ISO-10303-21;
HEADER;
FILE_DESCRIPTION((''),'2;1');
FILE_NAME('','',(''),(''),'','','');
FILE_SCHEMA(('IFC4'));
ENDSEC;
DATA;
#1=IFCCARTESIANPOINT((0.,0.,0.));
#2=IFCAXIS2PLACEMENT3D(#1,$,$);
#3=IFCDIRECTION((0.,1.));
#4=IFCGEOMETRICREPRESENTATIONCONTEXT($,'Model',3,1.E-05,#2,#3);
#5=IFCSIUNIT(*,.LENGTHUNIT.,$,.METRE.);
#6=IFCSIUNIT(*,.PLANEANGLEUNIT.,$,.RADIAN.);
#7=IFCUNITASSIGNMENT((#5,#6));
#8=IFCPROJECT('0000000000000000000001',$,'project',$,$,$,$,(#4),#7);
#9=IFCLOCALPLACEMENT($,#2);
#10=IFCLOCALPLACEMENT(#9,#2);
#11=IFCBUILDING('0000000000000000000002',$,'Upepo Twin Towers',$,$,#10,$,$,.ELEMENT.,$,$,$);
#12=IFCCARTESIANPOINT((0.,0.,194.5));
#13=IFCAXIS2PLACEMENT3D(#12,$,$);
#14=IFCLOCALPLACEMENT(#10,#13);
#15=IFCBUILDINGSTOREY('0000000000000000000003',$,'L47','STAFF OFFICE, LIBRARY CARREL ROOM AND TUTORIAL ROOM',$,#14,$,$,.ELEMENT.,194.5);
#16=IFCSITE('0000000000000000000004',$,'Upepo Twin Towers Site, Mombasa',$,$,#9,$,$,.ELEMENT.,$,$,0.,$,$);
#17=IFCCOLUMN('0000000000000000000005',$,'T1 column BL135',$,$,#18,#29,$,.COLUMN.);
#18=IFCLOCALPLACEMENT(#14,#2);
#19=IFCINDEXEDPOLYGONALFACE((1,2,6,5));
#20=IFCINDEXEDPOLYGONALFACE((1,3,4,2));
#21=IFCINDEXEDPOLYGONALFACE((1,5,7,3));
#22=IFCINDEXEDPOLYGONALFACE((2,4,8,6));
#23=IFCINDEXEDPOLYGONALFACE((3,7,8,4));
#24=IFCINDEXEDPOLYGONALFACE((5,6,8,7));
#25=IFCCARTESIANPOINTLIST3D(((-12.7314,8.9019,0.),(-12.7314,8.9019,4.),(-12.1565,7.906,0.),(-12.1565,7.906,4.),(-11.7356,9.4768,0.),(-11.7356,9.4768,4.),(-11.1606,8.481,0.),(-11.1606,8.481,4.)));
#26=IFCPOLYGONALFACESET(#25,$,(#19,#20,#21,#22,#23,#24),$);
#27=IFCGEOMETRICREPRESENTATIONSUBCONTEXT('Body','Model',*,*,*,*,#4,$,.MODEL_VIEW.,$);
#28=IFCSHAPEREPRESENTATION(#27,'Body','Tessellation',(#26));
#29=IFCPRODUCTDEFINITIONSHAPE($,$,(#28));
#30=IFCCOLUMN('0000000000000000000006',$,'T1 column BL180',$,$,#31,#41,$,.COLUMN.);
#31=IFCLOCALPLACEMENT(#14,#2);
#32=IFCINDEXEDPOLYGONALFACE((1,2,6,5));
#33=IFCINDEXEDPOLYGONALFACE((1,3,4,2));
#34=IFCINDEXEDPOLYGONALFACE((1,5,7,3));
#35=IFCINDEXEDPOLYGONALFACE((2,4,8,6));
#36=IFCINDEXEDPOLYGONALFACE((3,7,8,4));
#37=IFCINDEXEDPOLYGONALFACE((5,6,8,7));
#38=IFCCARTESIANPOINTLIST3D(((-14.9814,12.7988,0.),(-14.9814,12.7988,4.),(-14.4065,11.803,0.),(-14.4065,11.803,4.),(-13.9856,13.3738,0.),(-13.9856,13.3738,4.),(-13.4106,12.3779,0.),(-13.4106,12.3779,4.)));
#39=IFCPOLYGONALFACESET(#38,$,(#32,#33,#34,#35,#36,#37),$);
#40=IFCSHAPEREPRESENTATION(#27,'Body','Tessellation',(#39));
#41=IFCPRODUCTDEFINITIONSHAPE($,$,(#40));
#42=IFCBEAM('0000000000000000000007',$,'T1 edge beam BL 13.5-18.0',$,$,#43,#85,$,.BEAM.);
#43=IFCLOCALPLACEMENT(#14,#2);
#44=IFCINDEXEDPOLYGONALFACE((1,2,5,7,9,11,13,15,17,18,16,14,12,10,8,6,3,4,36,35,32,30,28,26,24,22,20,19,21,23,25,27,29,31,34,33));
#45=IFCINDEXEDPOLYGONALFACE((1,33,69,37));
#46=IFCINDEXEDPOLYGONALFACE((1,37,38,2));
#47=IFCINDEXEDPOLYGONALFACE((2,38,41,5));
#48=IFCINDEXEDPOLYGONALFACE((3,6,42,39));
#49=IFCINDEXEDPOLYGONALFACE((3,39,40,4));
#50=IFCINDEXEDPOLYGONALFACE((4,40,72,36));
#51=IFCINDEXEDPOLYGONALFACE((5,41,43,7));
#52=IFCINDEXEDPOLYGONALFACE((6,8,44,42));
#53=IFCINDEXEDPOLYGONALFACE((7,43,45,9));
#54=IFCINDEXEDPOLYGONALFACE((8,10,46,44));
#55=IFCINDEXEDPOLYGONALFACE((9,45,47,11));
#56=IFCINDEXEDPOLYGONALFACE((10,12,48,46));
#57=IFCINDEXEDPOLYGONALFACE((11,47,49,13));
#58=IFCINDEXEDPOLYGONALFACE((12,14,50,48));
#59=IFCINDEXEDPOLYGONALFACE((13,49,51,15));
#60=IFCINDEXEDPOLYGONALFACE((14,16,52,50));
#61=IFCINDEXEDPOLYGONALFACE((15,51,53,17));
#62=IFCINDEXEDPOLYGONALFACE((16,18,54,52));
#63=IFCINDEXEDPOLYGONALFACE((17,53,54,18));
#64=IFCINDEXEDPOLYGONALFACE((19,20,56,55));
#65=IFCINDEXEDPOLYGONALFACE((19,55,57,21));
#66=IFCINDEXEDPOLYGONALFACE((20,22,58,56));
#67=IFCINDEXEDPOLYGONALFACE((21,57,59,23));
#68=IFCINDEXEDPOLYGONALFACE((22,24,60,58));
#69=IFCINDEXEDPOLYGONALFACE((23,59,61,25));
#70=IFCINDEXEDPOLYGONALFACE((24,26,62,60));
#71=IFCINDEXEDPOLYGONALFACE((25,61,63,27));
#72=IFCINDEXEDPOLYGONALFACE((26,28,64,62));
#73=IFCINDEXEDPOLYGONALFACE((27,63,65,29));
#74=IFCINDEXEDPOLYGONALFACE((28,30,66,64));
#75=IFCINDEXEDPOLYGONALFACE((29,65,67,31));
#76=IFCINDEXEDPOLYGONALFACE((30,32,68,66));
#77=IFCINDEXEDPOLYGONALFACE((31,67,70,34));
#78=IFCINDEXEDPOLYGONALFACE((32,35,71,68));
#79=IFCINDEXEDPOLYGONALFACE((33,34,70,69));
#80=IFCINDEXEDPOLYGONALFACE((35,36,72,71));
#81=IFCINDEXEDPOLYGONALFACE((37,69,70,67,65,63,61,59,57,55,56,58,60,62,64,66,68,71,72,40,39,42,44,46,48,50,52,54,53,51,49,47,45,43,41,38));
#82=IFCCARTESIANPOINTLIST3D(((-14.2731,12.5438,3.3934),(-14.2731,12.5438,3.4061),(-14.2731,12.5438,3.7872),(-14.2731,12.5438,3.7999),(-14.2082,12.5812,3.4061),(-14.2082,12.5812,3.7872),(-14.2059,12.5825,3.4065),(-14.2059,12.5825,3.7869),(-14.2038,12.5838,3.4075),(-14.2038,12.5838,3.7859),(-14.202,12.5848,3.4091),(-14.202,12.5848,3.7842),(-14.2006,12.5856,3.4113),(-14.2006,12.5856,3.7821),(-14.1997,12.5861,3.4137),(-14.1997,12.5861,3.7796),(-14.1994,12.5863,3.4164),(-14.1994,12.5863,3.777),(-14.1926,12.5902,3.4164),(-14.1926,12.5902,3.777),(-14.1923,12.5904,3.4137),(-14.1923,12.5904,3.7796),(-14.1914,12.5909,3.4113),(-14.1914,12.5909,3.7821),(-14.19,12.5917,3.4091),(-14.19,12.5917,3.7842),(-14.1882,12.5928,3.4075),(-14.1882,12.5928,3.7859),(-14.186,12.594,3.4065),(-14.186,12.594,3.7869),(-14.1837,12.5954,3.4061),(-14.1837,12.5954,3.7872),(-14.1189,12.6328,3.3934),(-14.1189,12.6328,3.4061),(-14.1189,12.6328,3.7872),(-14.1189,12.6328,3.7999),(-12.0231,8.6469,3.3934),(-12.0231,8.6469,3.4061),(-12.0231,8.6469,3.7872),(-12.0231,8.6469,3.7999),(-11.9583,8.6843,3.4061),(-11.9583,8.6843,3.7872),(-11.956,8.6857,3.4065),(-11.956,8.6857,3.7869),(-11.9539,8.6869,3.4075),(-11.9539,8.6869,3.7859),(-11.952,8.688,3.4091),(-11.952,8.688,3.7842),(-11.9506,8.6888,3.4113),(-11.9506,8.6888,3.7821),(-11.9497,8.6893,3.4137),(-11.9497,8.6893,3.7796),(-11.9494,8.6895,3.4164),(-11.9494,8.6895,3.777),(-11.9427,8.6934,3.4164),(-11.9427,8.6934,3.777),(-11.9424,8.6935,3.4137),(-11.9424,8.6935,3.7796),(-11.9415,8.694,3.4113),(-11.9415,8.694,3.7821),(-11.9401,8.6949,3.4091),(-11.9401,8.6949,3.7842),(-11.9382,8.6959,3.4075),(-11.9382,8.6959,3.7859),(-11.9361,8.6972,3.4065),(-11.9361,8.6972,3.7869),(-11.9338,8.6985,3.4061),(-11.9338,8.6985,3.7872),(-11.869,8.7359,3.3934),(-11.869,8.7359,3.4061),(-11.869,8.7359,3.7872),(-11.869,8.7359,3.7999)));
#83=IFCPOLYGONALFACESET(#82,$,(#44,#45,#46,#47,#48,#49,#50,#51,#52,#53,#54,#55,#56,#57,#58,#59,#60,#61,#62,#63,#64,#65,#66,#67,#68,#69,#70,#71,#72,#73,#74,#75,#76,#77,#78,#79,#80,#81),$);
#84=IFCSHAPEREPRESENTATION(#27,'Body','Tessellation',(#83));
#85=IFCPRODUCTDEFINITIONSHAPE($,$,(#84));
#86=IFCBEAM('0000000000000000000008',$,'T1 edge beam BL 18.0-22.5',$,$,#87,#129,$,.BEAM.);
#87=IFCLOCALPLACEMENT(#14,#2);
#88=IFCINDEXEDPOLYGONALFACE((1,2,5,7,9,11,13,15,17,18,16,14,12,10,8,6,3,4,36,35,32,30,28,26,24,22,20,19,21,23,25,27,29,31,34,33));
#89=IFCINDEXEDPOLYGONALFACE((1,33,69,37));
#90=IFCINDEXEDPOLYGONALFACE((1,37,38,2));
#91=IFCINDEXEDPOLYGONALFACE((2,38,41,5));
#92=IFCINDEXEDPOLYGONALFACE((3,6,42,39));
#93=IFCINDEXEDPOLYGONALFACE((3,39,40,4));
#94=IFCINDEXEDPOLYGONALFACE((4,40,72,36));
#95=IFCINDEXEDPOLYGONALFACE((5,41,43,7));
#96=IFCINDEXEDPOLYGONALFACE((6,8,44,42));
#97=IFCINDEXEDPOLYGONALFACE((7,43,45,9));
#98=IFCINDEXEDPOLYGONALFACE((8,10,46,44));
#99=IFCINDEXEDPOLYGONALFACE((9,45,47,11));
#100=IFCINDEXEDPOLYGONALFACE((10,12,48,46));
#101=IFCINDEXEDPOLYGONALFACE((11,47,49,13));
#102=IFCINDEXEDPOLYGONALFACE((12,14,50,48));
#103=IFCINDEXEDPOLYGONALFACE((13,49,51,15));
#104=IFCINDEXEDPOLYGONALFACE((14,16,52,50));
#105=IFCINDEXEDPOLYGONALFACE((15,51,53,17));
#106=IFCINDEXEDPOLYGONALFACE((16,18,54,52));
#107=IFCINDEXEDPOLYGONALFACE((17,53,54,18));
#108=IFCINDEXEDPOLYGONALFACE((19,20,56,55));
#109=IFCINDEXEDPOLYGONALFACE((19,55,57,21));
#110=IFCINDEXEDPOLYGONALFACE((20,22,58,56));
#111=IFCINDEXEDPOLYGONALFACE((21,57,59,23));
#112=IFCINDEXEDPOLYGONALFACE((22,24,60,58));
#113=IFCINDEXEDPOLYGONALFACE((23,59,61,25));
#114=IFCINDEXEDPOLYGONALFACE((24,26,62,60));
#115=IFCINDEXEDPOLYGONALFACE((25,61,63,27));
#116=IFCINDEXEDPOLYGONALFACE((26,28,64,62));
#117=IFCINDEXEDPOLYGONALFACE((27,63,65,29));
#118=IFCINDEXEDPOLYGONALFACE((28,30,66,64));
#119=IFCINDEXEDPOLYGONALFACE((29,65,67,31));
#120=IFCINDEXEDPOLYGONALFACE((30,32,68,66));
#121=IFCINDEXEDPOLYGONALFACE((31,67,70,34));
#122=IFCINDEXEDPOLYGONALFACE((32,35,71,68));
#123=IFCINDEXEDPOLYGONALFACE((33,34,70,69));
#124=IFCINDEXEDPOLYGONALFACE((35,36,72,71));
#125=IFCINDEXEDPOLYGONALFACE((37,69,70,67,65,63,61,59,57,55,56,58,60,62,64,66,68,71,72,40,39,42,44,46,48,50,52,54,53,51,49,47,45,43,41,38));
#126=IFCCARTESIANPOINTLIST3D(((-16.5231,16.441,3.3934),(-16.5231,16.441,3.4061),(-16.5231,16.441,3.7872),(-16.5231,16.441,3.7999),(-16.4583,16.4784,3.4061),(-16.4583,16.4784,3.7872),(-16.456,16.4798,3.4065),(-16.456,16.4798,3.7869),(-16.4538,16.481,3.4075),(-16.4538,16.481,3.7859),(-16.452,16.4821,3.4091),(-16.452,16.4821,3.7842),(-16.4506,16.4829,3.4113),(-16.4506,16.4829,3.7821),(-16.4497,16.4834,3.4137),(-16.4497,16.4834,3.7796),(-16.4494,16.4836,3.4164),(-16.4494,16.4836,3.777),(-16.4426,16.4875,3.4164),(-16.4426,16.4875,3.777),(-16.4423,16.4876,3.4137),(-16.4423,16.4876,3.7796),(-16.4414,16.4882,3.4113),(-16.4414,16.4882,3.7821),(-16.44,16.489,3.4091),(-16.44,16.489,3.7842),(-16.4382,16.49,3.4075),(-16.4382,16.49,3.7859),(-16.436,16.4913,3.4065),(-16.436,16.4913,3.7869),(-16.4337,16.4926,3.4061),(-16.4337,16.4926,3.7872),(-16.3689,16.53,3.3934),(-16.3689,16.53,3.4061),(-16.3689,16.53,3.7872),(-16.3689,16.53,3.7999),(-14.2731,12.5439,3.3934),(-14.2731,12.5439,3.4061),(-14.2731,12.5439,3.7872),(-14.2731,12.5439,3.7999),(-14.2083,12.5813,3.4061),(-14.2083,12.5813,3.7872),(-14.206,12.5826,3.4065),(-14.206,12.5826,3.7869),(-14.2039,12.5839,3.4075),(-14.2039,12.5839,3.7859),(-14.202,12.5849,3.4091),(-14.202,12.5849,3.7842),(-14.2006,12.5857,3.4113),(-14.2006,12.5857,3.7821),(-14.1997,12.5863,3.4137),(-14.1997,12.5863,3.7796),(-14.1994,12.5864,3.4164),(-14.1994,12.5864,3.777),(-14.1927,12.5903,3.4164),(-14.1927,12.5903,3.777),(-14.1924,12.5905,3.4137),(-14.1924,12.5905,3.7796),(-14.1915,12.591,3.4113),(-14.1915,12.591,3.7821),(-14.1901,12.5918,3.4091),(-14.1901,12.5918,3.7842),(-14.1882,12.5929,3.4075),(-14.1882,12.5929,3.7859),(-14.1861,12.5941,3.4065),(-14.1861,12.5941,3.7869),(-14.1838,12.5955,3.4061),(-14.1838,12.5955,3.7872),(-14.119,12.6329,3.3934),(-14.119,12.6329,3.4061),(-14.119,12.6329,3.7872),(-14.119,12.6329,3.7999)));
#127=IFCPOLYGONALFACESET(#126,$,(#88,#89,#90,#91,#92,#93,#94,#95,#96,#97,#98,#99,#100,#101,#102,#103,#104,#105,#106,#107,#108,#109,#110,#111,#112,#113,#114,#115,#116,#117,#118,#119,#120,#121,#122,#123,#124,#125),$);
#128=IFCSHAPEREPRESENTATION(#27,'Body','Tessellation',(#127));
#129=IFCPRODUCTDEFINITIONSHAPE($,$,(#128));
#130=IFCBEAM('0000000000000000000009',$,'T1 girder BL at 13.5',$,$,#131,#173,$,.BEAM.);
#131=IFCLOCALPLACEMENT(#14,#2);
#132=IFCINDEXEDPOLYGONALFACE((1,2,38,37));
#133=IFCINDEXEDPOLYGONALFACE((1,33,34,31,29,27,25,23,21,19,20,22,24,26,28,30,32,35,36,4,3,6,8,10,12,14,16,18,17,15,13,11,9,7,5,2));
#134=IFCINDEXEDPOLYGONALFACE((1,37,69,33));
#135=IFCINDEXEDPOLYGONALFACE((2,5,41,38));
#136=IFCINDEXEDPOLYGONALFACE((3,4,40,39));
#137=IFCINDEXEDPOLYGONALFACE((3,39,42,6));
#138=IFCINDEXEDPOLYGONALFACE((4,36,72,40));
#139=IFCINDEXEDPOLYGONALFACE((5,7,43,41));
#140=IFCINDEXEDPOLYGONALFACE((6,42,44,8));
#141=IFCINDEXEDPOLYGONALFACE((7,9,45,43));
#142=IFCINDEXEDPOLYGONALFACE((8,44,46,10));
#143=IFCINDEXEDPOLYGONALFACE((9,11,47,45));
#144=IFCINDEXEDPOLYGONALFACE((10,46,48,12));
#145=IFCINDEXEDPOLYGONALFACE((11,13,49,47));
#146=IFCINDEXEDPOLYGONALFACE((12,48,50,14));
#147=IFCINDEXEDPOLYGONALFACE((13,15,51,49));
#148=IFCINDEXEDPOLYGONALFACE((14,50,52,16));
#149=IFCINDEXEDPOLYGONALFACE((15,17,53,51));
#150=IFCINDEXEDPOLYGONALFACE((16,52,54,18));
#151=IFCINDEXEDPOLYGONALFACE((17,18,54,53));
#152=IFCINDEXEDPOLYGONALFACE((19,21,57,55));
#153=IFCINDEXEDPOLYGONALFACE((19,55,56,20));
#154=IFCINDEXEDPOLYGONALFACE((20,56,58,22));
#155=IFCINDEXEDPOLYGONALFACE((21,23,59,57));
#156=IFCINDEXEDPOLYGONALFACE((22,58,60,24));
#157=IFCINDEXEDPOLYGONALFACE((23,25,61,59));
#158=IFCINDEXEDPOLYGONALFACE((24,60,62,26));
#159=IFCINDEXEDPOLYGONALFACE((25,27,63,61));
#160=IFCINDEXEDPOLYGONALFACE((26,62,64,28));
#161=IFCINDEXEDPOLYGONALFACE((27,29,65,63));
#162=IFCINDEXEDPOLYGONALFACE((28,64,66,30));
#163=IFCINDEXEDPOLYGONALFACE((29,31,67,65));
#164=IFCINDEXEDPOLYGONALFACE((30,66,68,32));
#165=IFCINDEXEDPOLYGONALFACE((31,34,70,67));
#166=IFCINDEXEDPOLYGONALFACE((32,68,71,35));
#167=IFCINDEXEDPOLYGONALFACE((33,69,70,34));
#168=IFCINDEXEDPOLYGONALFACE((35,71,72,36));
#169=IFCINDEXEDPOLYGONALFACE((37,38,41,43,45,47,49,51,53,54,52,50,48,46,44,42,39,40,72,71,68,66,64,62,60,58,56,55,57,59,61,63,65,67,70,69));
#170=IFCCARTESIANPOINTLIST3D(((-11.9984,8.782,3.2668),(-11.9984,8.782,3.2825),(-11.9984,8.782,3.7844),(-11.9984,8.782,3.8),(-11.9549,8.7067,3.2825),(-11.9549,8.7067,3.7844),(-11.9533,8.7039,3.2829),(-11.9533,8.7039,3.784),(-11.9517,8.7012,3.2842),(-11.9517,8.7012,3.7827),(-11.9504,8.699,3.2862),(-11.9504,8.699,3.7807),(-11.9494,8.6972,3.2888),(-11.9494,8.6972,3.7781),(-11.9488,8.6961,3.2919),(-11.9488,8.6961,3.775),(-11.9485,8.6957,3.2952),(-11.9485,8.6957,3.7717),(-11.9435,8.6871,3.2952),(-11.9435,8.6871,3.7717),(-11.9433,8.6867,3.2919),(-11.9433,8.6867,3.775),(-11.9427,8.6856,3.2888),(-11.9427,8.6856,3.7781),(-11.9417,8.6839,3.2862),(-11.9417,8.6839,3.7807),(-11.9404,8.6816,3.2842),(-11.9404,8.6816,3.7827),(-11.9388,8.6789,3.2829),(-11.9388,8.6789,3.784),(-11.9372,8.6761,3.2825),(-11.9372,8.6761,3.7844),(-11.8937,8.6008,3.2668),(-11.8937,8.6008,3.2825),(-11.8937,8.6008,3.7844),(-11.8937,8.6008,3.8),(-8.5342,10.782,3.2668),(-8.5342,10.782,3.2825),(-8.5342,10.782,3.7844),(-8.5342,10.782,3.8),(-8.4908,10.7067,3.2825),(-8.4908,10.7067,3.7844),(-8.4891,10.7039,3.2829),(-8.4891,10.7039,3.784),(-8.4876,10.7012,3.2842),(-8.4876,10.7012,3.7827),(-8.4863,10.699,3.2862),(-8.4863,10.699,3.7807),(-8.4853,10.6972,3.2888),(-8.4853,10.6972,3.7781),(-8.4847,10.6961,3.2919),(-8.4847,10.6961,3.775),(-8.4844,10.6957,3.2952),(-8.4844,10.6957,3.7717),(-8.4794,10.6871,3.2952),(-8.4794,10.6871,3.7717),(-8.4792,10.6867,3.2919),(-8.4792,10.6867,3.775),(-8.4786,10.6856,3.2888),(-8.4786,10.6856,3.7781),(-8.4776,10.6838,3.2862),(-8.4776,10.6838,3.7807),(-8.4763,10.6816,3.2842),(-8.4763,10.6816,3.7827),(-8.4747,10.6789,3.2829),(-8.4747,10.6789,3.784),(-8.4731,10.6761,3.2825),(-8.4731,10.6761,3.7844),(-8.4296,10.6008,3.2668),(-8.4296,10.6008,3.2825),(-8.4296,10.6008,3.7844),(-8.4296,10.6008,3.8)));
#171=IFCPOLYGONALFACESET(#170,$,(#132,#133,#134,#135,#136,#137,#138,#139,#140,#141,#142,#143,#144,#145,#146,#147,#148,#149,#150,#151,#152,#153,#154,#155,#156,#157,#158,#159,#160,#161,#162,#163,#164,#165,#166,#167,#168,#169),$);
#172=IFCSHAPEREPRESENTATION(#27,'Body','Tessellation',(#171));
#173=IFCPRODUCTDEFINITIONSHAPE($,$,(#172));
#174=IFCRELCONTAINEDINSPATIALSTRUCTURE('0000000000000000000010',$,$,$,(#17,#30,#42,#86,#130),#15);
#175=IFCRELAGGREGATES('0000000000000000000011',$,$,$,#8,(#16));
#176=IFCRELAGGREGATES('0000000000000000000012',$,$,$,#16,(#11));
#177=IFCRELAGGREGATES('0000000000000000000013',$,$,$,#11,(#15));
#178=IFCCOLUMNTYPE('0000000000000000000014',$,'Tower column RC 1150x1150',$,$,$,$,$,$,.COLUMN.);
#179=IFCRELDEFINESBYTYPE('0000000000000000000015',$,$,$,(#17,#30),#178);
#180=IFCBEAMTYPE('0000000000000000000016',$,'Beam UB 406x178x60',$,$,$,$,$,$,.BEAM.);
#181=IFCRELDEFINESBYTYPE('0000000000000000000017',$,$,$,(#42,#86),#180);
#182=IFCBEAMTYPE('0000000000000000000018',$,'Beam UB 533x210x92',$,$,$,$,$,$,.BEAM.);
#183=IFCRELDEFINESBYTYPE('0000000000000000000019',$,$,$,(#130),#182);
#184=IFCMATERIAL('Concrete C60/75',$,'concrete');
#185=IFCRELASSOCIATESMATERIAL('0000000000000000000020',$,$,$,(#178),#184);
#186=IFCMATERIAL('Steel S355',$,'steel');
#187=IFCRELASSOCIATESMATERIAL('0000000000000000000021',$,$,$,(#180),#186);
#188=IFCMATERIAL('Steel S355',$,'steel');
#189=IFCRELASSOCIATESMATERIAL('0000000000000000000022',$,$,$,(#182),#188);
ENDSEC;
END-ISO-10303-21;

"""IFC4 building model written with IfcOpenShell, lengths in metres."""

from ifc_helpers import new_model, si_unit, direction, frame, origin, origin_2d, place, context, subcontext, project, spatial, rectangle, i_section, extrude, material, material_profile, profile_set, type_object, element, save


model = new_model("IFC4")

# Units and contexts
model_context = context("Model", 3, precision=1e-05, world=origin(), true_north=direction((0.0, 1.0)))
body_context = subcontext(model_context, "Body", "Model", "MODEL_VIEW")
ifc_project = project(units=[si_unit("LENGTHUNIT", "METRE"), si_unit("PLANEANGLEUNIT", "RADIAN")], contexts=[model_context])

# Site, building, storey
site_placement = place(None, origin())
site = spatial("IfcSite", under=ifc_project, at=site_placement, Name="Upepo Twin Towers Site, Mombasa", CompositionType="ELEMENT", RefElevation=0.0)
building_placement = place(site_placement, origin())
building = spatial("IfcBuilding", under=site, at=building_placement, Name="Upepo Twin Towers", CompositionType="ELEMENT")
storey_placement = place(building_placement, frame((0.0, 0.0, 194.5)))
storey = spatial("IfcBuildingStorey", under=building, at=storey_placement, Name="L47", Description="STAFF OFFICE, LIBRARY CARREL ROOM AND TUTORIAL ROOM", CompositionType="ELEMENT", Elevation=194.5)

# Columns
ifc_material_1 = material(Name="Concrete C60/75", Category="concrete")
ifc_material_profile_1 = material_profile(ifc_material_1, rectangle(XDim=1.1499, YDim=1.1499, at=origin_2d()), Name="RC 1150x1150")
ifc_profile_set_1 = profile_set([ifc_material_profile_1], Name="Concrete C60/75")
column_type = type_object("IfcColumnType", Name="Tower column RC 1150x1150", PredefinedType="COLUMN", material=ifc_profile_set_1)
for number, where, z_axis, x_axis, name in (
    (1, (-11.946, 8.6914, 0.0), (0.0, 0.0, 1.0), (0.866025, 0.5, 0.0), "T1 column BL135"),
    (2, (-14.196, 12.5884, 0.0), (0.0, 0.0, 1.0), (0.866025, 0.5, 0.0), "T1 column BL180"),
):
    element("IfcColumn", number, at=place(storey_placement, frame(where, z_axis=z_axis, x_axis=x_axis)), inside=storey, type_object=column_type, Name=name, PredefinedType="COLUMN", context=body_context, shape_type="SweptSolid", body=[
        extrude(rectangle(XDim=1.1499, YDim=1.1499, at=origin_2d()), origin(), (0.0, 0.0, 1.0), 4.0),
    ])

# Beams
ifc_material_2 = material(Name="Steel S355", Category="steel")
ifc_material_profile_2 = material_profile(ifc_material_2, i_section(OverallWidth=0.178, OverallDepth=0.4065, WebThickness=0.0078, FlangeThickness=0.0127, FilletRadius=0.0103, at=origin_2d()), Name="UB 406x178x60")
ifc_profile_set_2 = profile_set([ifc_material_profile_2], Name="Steel S355")
beam_type_1 = type_object("IfcBeamType", Name="Beam UB 406x178x60", PredefinedType="BEAM", material=ifc_profile_set_2)
beam_1_placement = place(storey_placement, frame((-11.946, 8.6914, 3.5967), z_axis=(-0.500014, 0.866018, 0.0), x_axis=(-0.866018, -0.500014, 0.0)))
element("IfcBeam", 3, at=beam_1_placement, inside=storey, type_object=beam_type_1, Name="T1 edge beam BL 13.5-18.0", PredefinedType="BEAM", context=body_context, shape_type="SweptSolid", body=[
    extrude(i_section(OverallWidth=0.178, OverallDepth=0.4065, WebThickness=0.0078, FlangeThickness=0.0127, FilletRadius=0.0103, at=origin_2d()), origin(), (0.0, 0.0, 1.0), 4.4998),
])
beam_2_placement = place(storey_placement, frame((-14.196, 12.5884, 3.5967), z_axis=(-0.49999, 0.866031, 0.0), x_axis=(-0.866031, -0.49999, 0.0)))
element("IfcBeam", 4, at=beam_2_placement, inside=storey, type_object=beam_type_1, Name="T1 edge beam BL 18.0-22.5", PredefinedType="BEAM", context=body_context, shape_type="SweptSolid", body=[
    extrude(i_section(OverallWidth=0.178, OverallDepth=0.4065, WebThickness=0.0078, FlangeThickness=0.0127, FilletRadius=0.0103, at=origin_2d()), origin(), (0.0, 0.0, 1.0), 4.5),
])
ifc_material_3 = material(Name="Steel S355", Category="steel")
ifc_material_profile_3 = material_profile(ifc_material_3, i_section(OverallWidth=0.2092, OverallDepth=0.5332, WebThickness=0.01, FlangeThickness=0.0156, FilletRadius=0.0127, at=origin_2d()), Name="UB 533x210x92")
ifc_profile_set_3 = profile_set([ifc_material_profile_3], Name="Steel S355")
beam_type_2 = type_object("IfcBeamType", Name="Beam UB 533x210x92", PredefinedType="BEAM", material=ifc_profile_set_3)
for number, where, z_axis, x_axis, name in (
    (5, (-11.946, 8.6914, 3.5334), (0.866026, 0.499999, 0.0), (-0.499999, 0.866026, 0.0), "T1 girder BL at 13.5"),
):
    element("IfcBeam", number, at=place(storey_placement, frame(where, z_axis=z_axis, x_axis=x_axis)), inside=storey, type_object=beam_type_2, Name=name, PredefinedType="BEAM", context=body_context, shape_type="SweptSolid", body=[
        extrude(i_section(OverallWidth=0.2092, OverallDepth=0.5332, WebThickness=0.01, FlangeThickness=0.0156, FilletRadius=0.0127, at=origin_2d()), origin(), (0.0, 0.0, 1.0), 4.0),
    ])

save(model, "model.ifc")
